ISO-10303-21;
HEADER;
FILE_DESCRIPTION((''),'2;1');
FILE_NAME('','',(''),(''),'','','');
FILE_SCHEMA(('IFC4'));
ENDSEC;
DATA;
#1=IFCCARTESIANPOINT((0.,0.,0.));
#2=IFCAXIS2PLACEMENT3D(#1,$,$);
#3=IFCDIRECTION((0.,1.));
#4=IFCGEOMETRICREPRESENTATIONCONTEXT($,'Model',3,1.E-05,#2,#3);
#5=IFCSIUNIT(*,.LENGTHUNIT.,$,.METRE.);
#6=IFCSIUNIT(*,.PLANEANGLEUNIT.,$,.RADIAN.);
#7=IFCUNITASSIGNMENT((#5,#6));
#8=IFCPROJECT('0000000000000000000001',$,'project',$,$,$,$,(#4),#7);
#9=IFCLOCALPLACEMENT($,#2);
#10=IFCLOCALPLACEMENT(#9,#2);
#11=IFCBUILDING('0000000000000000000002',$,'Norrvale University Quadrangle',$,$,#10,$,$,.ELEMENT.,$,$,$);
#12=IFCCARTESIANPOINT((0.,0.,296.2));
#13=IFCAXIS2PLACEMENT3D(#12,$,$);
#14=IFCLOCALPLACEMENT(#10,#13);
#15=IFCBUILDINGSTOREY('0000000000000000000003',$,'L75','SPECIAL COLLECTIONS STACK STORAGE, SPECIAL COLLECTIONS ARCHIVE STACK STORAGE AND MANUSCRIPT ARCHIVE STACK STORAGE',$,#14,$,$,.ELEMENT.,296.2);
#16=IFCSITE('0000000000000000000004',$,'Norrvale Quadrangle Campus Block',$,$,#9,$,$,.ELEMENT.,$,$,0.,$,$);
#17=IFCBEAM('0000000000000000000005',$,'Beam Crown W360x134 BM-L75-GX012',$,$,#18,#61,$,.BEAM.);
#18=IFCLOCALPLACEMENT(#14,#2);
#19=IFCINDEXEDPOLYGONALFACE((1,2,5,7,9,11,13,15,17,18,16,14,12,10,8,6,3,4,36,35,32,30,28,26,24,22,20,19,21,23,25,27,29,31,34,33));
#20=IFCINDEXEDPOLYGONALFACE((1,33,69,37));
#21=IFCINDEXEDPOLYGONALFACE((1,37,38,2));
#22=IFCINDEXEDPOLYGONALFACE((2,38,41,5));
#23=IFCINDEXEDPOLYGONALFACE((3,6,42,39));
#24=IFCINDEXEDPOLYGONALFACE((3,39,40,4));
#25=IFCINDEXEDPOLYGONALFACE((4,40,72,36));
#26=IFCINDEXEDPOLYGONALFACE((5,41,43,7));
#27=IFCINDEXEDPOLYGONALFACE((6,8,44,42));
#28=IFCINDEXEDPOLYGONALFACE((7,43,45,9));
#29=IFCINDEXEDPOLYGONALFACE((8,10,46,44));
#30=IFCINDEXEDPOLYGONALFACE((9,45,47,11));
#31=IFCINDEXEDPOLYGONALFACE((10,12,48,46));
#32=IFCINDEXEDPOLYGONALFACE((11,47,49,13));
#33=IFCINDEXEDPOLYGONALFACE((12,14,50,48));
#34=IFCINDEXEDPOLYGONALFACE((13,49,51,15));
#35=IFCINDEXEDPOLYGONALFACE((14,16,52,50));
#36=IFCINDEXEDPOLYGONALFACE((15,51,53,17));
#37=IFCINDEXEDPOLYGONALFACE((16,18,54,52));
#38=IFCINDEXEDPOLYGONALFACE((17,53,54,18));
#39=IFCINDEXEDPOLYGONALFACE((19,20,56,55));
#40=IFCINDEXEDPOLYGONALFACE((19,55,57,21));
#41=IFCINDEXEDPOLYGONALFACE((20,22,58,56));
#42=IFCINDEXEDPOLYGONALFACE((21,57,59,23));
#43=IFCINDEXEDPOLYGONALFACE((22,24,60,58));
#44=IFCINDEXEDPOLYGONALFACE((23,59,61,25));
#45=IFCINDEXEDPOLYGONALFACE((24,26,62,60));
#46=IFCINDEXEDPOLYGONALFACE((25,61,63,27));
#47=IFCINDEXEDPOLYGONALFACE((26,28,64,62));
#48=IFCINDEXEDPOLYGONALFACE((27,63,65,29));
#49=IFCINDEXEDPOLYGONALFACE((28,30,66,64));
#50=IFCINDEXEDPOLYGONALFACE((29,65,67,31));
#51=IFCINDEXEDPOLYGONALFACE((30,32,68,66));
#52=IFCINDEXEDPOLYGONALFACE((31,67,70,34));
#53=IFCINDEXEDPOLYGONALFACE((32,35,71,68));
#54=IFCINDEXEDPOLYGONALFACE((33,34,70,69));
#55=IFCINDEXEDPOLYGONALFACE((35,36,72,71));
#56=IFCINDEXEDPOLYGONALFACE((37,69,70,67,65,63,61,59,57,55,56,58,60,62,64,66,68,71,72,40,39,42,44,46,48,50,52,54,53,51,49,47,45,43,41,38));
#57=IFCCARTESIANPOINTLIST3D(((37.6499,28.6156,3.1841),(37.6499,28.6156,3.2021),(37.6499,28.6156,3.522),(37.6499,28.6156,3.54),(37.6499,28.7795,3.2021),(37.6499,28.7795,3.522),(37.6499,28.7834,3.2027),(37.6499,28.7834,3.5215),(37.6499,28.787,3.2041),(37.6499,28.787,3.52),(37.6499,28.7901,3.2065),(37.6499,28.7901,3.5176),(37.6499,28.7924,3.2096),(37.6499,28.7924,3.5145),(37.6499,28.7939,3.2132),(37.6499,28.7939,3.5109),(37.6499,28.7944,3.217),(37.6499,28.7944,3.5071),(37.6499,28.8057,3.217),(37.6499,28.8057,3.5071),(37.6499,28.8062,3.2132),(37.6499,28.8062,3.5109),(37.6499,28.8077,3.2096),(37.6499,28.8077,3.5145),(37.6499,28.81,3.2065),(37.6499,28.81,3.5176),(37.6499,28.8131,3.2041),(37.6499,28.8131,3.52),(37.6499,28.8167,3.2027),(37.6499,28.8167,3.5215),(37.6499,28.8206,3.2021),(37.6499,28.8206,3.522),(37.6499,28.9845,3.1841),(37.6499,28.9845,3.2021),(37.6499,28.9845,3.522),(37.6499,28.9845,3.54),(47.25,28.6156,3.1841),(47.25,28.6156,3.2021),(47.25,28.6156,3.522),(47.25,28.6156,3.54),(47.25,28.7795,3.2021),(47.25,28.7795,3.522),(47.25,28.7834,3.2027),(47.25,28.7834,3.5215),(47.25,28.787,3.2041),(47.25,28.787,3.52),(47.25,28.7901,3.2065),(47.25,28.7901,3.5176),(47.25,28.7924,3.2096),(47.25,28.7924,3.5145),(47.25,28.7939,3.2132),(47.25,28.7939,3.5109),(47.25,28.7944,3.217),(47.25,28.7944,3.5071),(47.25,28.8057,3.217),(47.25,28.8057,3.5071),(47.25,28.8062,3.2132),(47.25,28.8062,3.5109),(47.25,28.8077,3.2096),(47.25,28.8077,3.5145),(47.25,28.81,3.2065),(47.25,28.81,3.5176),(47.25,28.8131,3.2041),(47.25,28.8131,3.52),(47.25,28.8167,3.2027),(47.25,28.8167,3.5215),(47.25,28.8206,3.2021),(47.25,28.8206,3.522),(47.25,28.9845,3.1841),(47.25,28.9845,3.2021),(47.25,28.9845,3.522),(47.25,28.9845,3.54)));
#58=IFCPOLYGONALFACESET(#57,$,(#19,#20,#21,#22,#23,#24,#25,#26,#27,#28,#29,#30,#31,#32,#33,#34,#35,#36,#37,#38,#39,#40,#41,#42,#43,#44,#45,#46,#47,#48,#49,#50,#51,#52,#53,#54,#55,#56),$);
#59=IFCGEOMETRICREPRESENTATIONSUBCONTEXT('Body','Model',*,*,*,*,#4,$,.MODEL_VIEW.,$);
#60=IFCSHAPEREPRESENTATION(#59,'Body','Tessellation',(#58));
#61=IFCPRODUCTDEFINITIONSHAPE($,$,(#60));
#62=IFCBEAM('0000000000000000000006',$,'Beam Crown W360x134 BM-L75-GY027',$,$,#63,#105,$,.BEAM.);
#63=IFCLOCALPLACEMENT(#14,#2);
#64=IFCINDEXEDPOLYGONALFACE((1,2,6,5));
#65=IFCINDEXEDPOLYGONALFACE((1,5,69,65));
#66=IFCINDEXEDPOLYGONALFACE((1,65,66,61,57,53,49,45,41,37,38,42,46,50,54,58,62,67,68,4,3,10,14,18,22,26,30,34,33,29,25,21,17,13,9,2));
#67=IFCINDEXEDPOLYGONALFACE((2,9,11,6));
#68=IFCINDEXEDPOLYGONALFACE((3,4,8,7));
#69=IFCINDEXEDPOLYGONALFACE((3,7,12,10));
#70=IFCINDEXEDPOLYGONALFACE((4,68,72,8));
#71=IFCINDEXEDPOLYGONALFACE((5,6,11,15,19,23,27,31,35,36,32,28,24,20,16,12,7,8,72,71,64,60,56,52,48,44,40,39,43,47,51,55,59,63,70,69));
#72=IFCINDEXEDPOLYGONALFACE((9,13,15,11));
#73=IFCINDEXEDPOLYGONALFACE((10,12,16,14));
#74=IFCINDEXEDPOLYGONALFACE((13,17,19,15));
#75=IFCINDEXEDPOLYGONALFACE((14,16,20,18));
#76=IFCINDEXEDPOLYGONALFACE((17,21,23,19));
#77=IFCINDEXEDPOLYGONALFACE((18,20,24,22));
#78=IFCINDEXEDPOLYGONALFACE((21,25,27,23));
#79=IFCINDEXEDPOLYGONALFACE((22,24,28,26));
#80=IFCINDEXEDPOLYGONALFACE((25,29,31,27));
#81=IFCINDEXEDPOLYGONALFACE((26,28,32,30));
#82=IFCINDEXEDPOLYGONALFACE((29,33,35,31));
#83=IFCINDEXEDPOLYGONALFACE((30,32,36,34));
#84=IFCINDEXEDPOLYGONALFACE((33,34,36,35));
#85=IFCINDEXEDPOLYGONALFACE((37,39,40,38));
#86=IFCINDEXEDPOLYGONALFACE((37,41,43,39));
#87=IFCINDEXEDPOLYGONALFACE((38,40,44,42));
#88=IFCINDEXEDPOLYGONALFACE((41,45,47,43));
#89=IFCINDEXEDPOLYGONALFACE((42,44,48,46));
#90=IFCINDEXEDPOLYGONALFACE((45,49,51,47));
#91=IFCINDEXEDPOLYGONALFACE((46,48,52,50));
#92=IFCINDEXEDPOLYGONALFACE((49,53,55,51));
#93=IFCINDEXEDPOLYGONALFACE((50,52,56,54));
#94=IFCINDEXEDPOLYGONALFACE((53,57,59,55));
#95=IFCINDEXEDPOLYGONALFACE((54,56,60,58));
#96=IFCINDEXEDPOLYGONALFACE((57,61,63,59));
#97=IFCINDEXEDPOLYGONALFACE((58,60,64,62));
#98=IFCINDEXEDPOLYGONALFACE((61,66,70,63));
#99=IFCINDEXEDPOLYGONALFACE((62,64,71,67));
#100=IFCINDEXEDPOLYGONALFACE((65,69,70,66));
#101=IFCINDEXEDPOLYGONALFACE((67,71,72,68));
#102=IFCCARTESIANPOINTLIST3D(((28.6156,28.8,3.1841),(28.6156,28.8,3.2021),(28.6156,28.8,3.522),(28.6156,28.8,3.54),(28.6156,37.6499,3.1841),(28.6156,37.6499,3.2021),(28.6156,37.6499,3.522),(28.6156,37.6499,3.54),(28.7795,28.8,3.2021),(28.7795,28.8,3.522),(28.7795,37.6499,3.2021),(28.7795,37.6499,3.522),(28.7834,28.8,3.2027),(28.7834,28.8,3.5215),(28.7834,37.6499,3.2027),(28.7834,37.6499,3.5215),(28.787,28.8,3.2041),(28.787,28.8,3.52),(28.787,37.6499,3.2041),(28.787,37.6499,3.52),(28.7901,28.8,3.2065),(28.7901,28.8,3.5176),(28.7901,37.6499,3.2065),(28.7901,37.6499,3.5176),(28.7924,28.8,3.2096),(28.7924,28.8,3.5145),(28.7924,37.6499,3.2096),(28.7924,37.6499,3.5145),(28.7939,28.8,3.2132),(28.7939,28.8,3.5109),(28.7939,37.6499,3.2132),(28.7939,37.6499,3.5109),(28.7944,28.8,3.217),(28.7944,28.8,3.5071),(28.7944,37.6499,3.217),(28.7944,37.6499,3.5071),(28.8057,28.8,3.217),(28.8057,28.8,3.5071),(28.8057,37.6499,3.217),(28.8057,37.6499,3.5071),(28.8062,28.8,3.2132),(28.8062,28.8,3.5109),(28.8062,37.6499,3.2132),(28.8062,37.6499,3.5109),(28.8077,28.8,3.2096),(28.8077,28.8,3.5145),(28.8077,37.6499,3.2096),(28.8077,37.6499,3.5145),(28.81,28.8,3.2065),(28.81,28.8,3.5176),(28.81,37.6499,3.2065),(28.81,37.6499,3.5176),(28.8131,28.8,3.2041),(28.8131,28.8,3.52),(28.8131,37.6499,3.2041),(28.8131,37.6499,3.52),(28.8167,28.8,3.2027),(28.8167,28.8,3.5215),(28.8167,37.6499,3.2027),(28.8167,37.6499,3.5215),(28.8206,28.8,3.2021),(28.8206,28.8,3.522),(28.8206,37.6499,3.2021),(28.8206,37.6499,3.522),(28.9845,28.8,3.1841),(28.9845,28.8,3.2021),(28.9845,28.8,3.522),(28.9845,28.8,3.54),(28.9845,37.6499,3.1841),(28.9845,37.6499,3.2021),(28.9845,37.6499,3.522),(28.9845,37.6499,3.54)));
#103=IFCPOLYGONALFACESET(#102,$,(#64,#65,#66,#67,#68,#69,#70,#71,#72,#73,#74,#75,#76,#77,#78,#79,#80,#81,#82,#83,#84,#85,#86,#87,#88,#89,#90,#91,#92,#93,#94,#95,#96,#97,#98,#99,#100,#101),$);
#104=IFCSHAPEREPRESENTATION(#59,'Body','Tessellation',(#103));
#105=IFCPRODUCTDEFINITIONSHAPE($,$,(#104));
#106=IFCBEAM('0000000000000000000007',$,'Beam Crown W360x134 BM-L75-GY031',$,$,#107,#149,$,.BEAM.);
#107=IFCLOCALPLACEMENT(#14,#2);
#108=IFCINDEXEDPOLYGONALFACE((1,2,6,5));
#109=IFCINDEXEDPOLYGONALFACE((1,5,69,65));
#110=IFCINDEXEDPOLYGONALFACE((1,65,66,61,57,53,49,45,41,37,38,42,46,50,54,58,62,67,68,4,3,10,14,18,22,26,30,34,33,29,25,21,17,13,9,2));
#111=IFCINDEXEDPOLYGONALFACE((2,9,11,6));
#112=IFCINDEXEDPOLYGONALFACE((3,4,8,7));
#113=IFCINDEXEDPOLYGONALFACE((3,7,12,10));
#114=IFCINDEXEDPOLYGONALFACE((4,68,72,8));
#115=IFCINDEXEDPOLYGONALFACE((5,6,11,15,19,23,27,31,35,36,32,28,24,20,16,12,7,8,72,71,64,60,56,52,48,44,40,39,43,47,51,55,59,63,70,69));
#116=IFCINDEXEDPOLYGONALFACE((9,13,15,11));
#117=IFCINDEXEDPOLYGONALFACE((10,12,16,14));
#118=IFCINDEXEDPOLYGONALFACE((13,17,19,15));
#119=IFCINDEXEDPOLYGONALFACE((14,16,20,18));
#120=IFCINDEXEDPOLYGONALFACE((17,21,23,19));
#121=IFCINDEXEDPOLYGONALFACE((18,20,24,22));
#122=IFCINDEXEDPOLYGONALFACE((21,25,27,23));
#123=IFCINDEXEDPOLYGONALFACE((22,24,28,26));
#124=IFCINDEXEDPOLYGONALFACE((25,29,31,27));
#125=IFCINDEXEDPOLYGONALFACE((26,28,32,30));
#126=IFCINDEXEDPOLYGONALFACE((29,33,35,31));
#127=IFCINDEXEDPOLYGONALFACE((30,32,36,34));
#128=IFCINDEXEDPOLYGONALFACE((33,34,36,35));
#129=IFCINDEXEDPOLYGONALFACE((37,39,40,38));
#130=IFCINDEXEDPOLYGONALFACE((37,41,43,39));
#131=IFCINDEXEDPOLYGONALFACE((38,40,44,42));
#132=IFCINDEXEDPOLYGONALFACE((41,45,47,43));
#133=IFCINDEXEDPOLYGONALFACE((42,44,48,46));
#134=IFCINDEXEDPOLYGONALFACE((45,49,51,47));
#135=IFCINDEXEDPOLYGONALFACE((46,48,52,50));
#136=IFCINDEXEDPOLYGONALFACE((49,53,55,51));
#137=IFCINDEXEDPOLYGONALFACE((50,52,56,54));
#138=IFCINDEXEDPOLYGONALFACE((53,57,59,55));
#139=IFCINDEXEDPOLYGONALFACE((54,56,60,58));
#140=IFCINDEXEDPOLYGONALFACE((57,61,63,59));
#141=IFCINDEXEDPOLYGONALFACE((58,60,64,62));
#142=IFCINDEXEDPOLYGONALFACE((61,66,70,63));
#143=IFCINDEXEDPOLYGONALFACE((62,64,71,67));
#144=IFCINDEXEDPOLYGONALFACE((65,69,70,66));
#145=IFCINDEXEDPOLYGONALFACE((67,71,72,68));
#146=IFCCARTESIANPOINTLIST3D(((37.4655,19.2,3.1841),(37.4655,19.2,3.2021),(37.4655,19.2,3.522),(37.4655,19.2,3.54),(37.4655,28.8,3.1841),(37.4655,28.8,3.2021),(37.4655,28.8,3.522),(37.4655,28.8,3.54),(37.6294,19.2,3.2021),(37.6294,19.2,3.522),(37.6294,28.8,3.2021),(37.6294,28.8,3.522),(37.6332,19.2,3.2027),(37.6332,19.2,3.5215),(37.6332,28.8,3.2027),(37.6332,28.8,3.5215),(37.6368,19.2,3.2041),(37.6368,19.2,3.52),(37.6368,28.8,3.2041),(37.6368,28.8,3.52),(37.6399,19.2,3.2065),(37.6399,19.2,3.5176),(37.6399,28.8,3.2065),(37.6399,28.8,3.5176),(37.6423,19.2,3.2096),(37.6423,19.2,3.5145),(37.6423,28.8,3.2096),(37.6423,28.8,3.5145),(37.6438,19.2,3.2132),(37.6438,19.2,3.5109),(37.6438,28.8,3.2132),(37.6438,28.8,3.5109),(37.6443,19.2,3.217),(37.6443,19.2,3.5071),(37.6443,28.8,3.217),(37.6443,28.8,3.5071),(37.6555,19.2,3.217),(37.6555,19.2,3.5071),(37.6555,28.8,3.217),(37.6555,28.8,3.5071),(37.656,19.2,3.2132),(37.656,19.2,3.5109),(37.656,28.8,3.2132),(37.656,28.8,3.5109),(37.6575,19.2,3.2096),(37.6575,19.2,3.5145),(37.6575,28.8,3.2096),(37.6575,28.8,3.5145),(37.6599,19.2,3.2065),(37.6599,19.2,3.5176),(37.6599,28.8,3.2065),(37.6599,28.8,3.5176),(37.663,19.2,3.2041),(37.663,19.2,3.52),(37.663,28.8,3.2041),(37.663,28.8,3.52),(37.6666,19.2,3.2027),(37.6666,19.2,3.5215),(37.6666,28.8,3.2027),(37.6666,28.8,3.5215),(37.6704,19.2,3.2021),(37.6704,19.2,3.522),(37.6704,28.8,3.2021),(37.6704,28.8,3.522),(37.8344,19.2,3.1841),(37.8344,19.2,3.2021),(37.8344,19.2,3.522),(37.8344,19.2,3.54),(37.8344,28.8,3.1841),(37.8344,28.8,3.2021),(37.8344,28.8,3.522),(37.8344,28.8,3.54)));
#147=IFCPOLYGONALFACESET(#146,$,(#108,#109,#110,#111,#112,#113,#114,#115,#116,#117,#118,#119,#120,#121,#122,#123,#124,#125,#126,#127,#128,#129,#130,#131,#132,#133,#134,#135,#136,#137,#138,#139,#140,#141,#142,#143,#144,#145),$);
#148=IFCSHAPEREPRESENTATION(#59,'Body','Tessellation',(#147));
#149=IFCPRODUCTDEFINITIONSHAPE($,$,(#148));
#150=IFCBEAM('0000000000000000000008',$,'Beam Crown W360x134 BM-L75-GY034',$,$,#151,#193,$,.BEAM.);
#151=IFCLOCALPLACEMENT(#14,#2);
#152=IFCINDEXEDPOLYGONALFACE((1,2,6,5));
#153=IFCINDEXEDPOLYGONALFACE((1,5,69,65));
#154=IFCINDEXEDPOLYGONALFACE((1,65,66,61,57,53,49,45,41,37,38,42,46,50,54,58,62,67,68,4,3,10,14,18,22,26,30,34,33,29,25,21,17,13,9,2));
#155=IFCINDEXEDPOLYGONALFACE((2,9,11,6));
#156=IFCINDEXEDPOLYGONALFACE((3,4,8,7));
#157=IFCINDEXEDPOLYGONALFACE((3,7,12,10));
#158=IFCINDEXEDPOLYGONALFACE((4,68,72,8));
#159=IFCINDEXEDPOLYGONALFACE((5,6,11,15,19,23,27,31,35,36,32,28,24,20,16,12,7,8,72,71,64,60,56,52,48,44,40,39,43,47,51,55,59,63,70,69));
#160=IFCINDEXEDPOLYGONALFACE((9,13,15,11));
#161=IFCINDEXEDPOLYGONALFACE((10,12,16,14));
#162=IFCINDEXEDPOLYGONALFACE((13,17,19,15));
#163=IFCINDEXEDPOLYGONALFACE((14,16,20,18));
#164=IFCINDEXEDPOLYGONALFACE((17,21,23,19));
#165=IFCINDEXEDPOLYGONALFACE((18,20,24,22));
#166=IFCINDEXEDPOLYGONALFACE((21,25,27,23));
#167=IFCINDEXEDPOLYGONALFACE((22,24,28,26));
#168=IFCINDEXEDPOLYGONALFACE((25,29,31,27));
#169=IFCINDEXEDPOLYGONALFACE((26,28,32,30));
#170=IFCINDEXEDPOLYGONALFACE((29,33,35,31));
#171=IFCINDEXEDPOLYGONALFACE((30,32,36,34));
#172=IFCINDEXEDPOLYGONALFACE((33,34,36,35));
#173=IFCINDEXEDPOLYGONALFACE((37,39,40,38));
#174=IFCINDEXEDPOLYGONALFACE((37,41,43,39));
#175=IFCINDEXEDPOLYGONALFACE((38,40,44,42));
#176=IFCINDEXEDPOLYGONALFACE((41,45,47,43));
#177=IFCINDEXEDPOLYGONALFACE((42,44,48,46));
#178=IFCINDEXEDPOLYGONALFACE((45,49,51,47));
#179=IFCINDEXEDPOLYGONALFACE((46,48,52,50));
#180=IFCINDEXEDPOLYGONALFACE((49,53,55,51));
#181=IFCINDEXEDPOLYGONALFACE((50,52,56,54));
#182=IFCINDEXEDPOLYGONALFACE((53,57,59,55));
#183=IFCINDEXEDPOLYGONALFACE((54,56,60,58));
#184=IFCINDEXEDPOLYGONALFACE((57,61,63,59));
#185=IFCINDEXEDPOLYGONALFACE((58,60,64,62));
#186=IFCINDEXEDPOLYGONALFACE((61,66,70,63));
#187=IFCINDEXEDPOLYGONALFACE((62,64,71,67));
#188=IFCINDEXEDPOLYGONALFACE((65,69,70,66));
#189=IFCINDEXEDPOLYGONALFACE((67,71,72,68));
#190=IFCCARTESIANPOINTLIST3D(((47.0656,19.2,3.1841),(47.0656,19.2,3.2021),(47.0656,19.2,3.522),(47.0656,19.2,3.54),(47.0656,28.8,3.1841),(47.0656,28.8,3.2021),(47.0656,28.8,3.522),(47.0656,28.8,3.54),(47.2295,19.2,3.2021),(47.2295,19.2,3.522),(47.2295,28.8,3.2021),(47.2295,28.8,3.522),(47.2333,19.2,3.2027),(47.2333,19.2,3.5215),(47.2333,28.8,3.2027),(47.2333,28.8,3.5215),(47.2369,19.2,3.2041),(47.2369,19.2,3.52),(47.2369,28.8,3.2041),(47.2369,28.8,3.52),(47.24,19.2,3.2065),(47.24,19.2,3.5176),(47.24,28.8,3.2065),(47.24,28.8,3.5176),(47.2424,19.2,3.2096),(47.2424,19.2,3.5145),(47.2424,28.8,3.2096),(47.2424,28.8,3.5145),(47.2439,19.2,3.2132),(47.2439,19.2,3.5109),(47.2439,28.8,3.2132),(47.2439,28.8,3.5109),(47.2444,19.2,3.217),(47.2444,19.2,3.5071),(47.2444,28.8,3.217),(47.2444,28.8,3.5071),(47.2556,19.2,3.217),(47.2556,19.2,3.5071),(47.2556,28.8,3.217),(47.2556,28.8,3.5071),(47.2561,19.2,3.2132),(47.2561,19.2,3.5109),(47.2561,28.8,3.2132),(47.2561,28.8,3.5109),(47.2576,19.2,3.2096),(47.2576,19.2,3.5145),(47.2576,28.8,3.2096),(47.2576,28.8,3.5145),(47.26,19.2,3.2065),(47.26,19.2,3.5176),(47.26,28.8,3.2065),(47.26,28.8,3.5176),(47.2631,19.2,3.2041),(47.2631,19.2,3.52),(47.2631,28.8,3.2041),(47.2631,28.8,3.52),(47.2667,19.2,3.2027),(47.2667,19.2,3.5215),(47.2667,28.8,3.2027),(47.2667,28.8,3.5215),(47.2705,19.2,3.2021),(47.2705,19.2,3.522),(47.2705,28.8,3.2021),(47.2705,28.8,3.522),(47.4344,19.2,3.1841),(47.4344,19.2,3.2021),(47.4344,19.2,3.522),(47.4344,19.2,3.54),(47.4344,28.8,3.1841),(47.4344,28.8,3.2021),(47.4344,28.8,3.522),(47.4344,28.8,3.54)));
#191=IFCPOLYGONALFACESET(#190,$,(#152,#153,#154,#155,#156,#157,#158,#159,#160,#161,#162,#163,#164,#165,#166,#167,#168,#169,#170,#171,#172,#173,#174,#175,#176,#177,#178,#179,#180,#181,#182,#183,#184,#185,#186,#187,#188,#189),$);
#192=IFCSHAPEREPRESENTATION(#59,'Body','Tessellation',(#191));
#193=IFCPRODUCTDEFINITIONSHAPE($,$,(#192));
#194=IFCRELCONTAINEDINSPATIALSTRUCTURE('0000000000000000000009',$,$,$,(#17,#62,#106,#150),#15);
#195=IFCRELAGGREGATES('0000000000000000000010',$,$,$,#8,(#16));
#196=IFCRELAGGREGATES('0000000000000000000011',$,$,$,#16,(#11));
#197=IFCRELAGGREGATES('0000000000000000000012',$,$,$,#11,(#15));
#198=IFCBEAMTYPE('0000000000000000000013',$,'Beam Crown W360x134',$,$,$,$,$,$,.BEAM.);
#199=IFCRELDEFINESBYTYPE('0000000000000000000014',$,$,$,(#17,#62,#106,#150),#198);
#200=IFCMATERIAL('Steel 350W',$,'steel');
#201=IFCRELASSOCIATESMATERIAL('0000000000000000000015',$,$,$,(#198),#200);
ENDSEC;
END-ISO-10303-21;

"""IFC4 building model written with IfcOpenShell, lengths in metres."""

from ifc_helpers import new_model, si_unit, direction, frame, origin, origin_2d, place, context, subcontext, project, spatial, i_section, extrude, material, material_profile, profile_set, type_object, element, save


model = new_model("IFC4")

# Units and contexts
model_context = context("Model", 3, precision=1e-05, world=origin(), true_north=direction((0.0, 1.0)))
body_context = subcontext(model_context, "Body", "Model", "MODEL_VIEW")
ifc_project = project(units=[si_unit("LENGTHUNIT", "METRE"), si_unit("PLANEANGLEUNIT", "RADIAN")], contexts=[model_context])

# Site, building, storey
site_placement = place(None, origin())
site = spatial("IfcSite", under=ifc_project, at=site_placement, Name="Norrvale Quadrangle Campus Block", CompositionType="ELEMENT", RefElevation=0.0)
building_placement = place(site_placement, origin())
building = spatial("IfcBuilding", under=site, at=building_placement, Name="Norrvale University Quadrangle", CompositionType="ELEMENT")
storey_placement = place(building_placement, frame((0.0, 0.0, 296.2)))
storey = spatial("IfcBuildingStorey", under=building, at=storey_placement, Name="L75", Description="SPECIAL COLLECTIONS STACK STORAGE, SPECIAL COLLECTIONS ARCHIVE STACK STORAGE AND MANUSCRIPT ARCHIVE STACK STORAGE", CompositionType="ELEMENT", Elevation=296.2)

# Beams
ifc_material_1 = material(Name="Steel 350W", Category="steel")
ifc_material_profile_1 = material_profile(ifc_material_1, i_section(OverallWidth=0.3689, OverallDepth=0.356, WebThickness=0.0112, FlangeThickness=0.0181, FilletRadius=0.0149, at=origin_2d()), Name="Steel 350W")
ifc_profile_set_1 = profile_set([ifc_material_profile_1], Name="Steel 350W")
beam_type_1 = type_object("IfcBeamType", Name="Beam Crown W360x134", PredefinedType="BEAM", material=ifc_profile_set_1)
beam_1_placement = place(storey_placement, frame((37.6499, 28.8, 3.3621), z_axis=(1.0, 0.0, 0.0), x_axis=(0.0, 1.0, 0.0)))
element("IfcBeam", 1, at=beam_1_placement, inside=storey, type_object=beam_type_1, Name="Beam Crown W360x134 BM-L75-GX012", PredefinedType="BEAM", context=body_context, shape_type="SweptSolid", body=[
    extrude(i_section(OverallWidth=0.3689, OverallDepth=0.356, WebThickness=0.0112, FlangeThickness=0.0181, FilletRadius=0.0149, at=origin_2d()), origin(), (0.0, 0.0, 1.0), 9.6001),
])
beam_2_placement = place(storey_placement, frame((28.8, 28.8, 3.3621), z_axis=(0.0, 1.0, 0.0), x_axis=(-1.0, 0.0, 0.0)))
element("IfcBeam", 2, at=beam_2_placement, inside=storey, type_object=beam_type_1, Name="Beam Crown W360x134 BM-L75-GY027", PredefinedType="BEAM", context=body_context, shape_type="SweptSolid", body=[
    extrude(i_section(OverallWidth=0.3689, OverallDepth=0.356, WebThickness=0.0112, FlangeThickness=0.0181, FilletRadius=0.0149, at=origin_2d()), origin(), (0.0, 0.0, 1.0), 8.8499),
])
for number, where, z_axis, x_axis, name in (
    (3, (37.6499, 19.2, 3.3621), (0.0, 1.0, 0.0), (-1.0, 0.0, 0.0), "Beam Crown W360x134 BM-L75-GY031"),
    (4, (47.25, 19.2, 3.3621), (0.0, 1.0, 0.0), (-1.0, 0.0, 0.0), "Beam Crown W360x134 BM-L75-GY034"),
):
    element("IfcBeam", number, at=place(storey_placement, frame(where, z_axis=z_axis, x_axis=x_axis)), inside=storey, type_object=beam_type_1, Name=name, PredefinedType="BEAM", context=body_context, shape_type="SweptSolid", body=[
        extrude(i_section(OverallWidth=0.3689, OverallDepth=0.356, WebThickness=0.0112, FlangeThickness=0.0181, FilletRadius=0.0149, at=origin_2d()), origin(), (0.0, 0.0, 1.0), 9.6001),
    ])

save(model, "model.ifc")
